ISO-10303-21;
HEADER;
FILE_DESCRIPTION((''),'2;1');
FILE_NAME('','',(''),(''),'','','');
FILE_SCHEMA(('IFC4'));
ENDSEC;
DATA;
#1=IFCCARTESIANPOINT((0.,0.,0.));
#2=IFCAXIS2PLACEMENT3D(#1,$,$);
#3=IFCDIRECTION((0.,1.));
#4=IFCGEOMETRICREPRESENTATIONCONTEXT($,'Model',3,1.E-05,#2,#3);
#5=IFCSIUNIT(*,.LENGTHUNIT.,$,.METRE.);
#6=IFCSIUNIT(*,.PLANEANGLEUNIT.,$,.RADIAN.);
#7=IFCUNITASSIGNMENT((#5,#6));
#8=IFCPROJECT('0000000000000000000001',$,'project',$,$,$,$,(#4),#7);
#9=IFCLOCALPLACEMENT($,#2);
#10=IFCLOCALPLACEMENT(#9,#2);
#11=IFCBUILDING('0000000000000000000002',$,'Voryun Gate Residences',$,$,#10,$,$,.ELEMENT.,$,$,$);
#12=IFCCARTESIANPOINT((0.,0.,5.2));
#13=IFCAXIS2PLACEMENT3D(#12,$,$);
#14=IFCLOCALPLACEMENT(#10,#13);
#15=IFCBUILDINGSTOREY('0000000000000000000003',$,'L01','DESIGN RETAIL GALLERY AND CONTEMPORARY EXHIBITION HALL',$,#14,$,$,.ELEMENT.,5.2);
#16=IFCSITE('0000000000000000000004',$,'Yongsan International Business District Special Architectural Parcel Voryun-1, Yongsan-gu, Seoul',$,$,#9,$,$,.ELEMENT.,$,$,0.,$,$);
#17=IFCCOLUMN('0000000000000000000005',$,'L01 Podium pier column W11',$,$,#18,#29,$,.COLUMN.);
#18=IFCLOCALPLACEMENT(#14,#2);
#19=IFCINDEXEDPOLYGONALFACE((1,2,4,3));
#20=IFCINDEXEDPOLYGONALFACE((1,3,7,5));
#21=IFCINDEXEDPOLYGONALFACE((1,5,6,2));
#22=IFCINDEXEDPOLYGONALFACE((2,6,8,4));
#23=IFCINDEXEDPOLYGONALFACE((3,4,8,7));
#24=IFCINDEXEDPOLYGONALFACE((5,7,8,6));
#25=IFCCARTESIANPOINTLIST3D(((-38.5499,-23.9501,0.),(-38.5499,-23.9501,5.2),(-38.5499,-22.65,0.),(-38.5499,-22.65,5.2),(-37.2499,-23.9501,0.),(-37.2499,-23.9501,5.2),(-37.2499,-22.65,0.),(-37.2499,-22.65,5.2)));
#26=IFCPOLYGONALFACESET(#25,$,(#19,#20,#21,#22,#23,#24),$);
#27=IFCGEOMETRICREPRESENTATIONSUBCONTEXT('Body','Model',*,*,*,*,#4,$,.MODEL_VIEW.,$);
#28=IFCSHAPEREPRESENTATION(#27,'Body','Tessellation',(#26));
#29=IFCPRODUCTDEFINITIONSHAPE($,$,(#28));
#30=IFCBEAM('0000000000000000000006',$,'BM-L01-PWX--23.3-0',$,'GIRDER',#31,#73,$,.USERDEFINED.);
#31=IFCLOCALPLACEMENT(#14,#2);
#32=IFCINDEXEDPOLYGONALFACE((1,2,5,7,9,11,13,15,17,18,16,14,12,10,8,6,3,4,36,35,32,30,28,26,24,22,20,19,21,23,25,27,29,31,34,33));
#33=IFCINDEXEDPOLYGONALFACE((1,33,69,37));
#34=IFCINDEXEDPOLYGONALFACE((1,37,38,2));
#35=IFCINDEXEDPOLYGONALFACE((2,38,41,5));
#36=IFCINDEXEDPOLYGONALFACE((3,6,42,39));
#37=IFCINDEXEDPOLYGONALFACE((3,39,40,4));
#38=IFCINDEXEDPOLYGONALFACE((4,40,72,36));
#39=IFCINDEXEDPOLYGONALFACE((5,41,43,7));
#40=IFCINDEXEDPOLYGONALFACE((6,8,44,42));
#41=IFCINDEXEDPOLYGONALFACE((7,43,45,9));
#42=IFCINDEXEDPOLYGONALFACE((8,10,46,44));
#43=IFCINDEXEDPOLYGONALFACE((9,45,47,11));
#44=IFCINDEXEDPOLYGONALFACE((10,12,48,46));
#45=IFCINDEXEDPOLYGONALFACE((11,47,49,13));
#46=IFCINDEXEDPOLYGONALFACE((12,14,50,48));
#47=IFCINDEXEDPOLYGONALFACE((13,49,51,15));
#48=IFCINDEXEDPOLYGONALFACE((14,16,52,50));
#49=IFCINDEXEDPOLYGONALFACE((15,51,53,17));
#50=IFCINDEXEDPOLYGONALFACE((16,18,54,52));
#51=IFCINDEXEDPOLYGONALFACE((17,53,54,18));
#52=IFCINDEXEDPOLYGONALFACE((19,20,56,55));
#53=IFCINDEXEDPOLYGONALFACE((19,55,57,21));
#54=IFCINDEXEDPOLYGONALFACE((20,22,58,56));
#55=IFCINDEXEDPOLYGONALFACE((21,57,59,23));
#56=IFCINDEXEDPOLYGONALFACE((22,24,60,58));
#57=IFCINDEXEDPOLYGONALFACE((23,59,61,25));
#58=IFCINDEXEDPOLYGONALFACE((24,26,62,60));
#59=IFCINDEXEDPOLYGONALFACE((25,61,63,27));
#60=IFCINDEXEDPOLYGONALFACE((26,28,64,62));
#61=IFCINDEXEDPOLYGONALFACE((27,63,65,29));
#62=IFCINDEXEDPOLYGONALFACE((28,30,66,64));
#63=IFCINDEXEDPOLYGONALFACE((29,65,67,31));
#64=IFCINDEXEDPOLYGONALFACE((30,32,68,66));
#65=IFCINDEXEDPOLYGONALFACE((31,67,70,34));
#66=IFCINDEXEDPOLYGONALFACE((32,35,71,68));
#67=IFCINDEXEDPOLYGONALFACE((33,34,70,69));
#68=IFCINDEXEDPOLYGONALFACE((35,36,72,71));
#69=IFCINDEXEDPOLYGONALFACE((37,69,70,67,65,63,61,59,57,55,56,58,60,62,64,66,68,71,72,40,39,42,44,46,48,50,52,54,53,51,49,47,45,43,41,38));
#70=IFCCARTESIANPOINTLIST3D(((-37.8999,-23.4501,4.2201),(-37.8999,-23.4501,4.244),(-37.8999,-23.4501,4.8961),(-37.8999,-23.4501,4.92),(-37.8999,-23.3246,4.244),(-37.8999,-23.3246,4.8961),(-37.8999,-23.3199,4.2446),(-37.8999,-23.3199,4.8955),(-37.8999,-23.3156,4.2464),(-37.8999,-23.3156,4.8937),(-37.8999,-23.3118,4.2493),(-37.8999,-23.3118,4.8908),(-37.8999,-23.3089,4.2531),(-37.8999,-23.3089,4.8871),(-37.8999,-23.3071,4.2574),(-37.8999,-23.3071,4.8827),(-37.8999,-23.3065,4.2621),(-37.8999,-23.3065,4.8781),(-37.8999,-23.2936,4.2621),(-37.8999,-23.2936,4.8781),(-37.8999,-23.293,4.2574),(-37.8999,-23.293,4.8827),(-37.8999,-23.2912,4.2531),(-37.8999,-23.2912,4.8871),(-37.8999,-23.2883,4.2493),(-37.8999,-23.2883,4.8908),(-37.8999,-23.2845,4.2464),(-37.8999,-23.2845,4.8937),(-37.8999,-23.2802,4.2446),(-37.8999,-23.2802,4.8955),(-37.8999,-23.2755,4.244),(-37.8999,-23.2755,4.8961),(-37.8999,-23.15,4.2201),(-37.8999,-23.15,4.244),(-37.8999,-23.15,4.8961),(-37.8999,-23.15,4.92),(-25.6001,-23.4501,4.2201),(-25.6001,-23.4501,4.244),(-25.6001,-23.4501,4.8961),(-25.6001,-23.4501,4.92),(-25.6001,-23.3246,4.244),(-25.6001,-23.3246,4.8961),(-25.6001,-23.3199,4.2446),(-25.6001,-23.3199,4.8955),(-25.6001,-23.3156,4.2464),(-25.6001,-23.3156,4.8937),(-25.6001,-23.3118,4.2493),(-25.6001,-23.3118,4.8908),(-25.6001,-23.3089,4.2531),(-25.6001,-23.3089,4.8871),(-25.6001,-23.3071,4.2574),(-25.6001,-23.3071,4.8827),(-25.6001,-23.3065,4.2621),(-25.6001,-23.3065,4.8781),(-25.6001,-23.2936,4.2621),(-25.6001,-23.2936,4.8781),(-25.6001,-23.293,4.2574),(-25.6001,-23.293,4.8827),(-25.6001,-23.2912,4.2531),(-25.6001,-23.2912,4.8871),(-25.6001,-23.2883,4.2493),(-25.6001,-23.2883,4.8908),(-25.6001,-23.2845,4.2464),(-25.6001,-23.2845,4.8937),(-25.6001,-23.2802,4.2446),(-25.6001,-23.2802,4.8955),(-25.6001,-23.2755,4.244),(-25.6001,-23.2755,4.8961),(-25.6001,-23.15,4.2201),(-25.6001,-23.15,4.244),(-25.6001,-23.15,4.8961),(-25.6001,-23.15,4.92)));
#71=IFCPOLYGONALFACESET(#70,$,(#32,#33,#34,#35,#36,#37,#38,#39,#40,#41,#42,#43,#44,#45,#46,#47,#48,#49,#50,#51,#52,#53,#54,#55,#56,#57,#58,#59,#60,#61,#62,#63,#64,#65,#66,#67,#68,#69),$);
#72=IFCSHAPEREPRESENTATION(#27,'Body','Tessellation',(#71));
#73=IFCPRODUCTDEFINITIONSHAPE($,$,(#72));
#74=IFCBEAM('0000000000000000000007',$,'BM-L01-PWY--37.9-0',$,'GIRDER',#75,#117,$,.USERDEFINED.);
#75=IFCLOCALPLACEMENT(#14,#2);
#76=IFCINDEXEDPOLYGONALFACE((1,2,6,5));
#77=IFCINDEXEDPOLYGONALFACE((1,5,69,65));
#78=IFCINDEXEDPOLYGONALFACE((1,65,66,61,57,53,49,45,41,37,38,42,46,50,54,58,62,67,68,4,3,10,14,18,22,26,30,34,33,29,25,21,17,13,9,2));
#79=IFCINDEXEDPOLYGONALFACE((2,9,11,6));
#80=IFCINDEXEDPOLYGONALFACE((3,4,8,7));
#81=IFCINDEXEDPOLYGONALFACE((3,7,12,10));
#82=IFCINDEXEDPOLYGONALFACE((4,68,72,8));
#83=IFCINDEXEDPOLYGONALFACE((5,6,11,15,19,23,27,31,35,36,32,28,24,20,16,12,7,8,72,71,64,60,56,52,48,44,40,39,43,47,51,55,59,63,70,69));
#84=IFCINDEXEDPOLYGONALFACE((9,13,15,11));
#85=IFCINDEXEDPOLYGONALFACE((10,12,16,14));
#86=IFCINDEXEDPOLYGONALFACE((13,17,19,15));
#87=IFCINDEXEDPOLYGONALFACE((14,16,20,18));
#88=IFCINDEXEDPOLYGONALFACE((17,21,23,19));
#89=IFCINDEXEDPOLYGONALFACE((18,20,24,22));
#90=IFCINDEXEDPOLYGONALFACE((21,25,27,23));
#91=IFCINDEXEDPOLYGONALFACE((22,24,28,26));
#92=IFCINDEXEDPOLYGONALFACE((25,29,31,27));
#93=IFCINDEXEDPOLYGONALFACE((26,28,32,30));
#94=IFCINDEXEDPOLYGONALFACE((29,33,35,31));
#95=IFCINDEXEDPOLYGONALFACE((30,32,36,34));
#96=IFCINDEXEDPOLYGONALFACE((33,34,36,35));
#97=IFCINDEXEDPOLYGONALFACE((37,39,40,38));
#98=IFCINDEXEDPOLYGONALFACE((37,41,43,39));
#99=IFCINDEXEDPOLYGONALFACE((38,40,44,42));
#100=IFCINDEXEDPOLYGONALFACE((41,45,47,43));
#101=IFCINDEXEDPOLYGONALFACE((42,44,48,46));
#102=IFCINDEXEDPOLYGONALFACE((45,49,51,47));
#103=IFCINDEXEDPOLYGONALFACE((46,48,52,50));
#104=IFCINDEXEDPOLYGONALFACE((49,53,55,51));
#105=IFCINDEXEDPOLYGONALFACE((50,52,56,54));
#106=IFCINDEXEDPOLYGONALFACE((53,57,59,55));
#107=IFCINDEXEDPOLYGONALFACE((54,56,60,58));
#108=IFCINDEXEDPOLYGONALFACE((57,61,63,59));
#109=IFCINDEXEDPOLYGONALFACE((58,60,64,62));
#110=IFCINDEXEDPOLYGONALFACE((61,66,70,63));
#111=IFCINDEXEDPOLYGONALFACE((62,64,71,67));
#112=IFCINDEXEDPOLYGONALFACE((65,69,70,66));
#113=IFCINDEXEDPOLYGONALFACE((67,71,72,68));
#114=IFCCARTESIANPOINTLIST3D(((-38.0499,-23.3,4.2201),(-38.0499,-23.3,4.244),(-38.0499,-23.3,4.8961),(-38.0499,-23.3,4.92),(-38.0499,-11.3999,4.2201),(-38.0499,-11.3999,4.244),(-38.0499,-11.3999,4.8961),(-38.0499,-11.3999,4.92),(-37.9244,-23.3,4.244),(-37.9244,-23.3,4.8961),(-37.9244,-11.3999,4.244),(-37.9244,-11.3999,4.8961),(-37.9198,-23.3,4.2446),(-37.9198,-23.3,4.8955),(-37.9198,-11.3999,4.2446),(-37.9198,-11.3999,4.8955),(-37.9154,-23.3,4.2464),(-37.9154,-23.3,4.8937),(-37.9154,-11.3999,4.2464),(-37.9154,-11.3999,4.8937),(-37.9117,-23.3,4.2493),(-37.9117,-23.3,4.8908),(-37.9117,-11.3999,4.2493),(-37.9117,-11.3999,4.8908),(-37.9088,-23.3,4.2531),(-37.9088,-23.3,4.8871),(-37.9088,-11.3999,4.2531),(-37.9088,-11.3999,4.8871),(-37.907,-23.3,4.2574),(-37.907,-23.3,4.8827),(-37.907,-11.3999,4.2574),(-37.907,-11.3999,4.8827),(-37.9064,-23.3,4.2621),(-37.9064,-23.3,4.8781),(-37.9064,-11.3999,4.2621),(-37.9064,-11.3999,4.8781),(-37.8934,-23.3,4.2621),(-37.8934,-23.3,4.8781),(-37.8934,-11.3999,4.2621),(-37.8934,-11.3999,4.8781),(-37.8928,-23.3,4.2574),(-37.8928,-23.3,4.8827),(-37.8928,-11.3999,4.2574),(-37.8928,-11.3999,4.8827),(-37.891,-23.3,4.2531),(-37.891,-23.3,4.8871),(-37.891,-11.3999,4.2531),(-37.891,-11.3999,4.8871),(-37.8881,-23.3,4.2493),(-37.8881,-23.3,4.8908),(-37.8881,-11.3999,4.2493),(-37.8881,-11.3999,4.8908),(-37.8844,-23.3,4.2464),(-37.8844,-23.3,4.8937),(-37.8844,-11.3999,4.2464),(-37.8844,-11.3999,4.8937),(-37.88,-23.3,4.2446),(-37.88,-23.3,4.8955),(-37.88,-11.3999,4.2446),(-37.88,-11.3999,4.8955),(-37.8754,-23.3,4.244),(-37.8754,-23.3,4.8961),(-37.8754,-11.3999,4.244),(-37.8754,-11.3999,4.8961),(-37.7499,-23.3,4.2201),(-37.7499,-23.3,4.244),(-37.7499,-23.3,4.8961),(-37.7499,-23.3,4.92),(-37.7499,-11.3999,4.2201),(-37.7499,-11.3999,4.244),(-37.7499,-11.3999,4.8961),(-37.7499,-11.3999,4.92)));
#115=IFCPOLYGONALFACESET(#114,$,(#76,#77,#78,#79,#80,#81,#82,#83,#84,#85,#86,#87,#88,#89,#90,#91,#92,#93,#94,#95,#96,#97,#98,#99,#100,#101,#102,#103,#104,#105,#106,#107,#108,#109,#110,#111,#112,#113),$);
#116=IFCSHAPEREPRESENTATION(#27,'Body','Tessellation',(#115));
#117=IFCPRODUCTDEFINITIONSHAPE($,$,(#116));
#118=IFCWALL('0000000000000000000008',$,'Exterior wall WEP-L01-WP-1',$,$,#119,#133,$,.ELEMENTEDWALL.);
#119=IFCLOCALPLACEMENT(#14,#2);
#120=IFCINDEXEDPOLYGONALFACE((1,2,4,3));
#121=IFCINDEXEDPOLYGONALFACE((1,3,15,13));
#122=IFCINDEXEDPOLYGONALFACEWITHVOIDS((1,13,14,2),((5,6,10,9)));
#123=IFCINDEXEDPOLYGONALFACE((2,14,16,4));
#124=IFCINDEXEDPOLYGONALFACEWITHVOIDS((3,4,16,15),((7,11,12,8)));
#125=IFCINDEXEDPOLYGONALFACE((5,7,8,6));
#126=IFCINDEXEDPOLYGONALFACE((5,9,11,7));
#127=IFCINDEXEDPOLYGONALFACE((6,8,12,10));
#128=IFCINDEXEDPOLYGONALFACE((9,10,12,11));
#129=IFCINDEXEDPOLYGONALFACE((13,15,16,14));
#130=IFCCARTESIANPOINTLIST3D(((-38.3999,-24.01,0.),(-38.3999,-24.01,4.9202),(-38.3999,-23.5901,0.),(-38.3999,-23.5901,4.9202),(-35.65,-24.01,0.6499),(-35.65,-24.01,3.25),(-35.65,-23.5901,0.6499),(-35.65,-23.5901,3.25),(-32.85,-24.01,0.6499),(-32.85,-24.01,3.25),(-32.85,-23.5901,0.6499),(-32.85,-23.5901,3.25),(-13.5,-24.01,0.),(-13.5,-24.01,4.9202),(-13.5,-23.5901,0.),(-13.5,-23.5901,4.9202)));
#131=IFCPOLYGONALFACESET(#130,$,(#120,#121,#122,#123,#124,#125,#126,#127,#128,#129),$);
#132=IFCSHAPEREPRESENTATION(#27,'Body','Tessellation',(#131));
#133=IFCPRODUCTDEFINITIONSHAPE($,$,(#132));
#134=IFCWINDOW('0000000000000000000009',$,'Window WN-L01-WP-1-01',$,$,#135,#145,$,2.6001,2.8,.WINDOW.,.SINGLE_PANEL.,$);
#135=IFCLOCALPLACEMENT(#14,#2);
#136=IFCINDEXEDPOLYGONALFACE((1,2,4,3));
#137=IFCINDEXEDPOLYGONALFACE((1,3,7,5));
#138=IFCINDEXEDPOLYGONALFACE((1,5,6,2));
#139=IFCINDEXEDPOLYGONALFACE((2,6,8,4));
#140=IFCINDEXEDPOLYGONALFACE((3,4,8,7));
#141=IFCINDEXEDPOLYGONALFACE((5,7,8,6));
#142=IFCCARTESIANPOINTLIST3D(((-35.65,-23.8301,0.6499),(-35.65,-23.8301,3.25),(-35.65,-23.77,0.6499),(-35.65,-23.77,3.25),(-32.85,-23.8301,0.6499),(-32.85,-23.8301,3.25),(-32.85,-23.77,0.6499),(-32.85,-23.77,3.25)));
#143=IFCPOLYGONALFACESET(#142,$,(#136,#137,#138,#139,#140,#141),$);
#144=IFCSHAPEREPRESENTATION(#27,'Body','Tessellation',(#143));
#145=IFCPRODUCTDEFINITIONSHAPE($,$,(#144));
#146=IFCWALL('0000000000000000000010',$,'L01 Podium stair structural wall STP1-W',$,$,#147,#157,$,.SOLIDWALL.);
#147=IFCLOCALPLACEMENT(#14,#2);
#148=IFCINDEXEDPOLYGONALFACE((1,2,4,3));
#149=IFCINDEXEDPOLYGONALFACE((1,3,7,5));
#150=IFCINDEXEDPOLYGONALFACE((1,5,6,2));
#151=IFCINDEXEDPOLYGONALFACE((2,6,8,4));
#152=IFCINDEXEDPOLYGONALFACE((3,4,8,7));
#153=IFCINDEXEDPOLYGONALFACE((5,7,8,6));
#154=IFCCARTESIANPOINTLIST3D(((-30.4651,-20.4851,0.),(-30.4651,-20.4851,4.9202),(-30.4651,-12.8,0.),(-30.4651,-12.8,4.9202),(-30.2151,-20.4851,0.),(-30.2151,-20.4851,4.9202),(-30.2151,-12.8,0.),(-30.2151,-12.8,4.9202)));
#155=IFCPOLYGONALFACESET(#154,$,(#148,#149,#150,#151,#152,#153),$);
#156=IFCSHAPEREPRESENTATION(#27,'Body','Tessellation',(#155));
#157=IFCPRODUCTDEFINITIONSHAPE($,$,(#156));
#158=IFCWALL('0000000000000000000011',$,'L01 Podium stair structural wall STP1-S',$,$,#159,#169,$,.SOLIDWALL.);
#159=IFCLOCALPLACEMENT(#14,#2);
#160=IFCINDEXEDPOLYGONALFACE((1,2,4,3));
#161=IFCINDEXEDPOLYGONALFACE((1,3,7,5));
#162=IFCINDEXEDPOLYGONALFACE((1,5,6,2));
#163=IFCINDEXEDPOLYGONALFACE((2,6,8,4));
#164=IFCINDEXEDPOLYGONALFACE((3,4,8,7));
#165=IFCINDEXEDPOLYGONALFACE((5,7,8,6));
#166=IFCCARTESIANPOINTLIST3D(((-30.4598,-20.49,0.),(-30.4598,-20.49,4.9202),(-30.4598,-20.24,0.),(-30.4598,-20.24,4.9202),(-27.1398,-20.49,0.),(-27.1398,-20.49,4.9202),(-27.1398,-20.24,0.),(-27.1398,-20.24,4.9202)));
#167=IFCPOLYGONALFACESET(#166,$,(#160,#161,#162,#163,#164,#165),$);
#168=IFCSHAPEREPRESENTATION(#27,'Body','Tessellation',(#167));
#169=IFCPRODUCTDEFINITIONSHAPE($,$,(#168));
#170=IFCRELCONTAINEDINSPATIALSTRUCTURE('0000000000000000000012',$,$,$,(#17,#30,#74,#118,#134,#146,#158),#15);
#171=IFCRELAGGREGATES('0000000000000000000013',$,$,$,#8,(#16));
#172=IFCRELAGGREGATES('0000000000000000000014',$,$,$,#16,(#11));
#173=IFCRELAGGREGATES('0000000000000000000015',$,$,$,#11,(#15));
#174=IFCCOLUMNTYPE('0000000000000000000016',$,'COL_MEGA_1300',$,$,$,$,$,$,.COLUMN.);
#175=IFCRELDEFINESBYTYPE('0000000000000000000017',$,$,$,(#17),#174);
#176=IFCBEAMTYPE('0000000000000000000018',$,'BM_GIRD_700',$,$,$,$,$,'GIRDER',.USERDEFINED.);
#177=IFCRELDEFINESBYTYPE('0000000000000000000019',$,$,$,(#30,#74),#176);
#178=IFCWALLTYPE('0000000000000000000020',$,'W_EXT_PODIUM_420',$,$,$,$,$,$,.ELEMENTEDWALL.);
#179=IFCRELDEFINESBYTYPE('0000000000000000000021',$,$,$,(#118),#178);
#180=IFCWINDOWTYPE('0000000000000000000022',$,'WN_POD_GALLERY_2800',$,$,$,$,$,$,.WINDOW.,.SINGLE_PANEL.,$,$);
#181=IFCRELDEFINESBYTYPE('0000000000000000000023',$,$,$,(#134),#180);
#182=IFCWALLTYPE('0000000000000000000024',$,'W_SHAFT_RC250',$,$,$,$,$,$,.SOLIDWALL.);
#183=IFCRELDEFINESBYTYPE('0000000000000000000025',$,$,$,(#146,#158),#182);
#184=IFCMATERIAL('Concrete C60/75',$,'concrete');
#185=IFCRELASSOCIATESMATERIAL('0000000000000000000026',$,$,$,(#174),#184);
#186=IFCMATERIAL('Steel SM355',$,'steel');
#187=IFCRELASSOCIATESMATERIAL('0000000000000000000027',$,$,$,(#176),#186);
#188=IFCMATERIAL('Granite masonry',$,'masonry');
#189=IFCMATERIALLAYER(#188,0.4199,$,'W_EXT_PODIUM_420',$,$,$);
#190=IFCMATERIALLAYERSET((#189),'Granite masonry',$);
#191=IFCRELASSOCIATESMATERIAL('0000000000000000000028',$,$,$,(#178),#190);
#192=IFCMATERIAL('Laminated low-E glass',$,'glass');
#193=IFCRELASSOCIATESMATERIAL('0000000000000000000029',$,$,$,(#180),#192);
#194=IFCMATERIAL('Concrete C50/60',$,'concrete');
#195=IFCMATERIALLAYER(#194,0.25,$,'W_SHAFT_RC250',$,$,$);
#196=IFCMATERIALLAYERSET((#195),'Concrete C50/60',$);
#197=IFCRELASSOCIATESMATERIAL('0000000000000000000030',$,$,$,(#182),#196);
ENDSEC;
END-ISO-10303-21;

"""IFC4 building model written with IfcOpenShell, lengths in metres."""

from ifc_helpers import new_model, si_unit, direction, frame, frame_2d, origin, origin_2d, place, context, subcontext, project, spatial, rectangle, i_section, extrude, material, layer, layer_set, material_profile, profile_set, type_object, element, fill, save


model = new_model("IFC4")

# Units and contexts
model_context = context("Model", 3, precision=1e-05, world=origin(), true_north=direction((0.0, 1.0)))
body_context = subcontext(model_context, "Body", "Model", "MODEL_VIEW")
ifc_project = project(units=[si_unit("LENGTHUNIT", "METRE"), si_unit("PLANEANGLEUNIT", "RADIAN")], contexts=[model_context])

# Site, building, storey
site_placement = place(None, origin())
site = spatial("IfcSite", under=ifc_project, at=site_placement, Name="Yongsan International Business District Special Architectural Parcel Voryun-1, Yongsan-gu, Seoul", CompositionType="ELEMENT", RefElevation=0.0)
building_placement = place(site_placement, origin())
building = spatial("IfcBuilding", under=site, at=building_placement, Name="Voryun Gate Residences", CompositionType="ELEMENT")
storey_placement = place(building_placement, frame((0.0, 0.0, 5.2)))
storey = spatial("IfcBuildingStorey", under=building, at=storey_placement, Name="L01", Description="DESIGN RETAIL GALLERY AND CONTEMPORARY EXHIBITION HALL", CompositionType="ELEMENT", Elevation=5.2)

# Column
ifc_material_1 = material(Name="Concrete C60/75", Category="concrete")
ifc_material_profile_1 = material_profile(ifc_material_1, rectangle(XDim=1.3, YDim=1.3, at=origin_2d()), Name="RC-1300x1300")
ifc_profile_set_1 = profile_set([ifc_material_profile_1], Name="Concrete C60/75")
column_type = type_object("IfcColumnType", Name="COL_MEGA_1300", PredefinedType="COLUMN", material=ifc_profile_set_1)
column_placement = place(storey_placement, frame((-37.8999, -23.3, 0.0), z_axis=(0.0, 0.0, 1.0), x_axis=(1.0, 0.0, 0.0)))
element("IfcColumn", 1, at=column_placement, inside=storey, type_object=column_type, Name="L01 Podium pier column W11", PredefinedType="COLUMN", context=body_context, shape_type="SweptSolid", body=[
    extrude(rectangle(XDim=1.3, YDim=1.3, at=origin_2d()), origin(), (0.0, 0.0, 1.0), 5.2),
])

# Beams
ifc_material_2 = material(Name="Steel SM355", Category="steel")
ifc_material_profile_2 = material_profile(ifc_material_2, i_section(OverallWidth=0.3, OverallDepth=0.7, WebThickness=0.0129, FlangeThickness=0.0239, FilletRadius=0.0181, at=origin_2d()), Name="H-700x300x13x24")
ifc_profile_set_2 = profile_set([ifc_material_profile_2], Name="Steel SM355")
beam_type = type_object("IfcBeamType", Name="BM_GIRD_700", ElementType="GIRDER", PredefinedType="USERDEFINED", material=ifc_profile_set_2)
beam_1_placement = place(storey_placement, frame((-37.8999, -23.3, 4.5701), z_axis=(1.0, 0.0, 0.0), x_axis=(0.0, 1.0, 0.0)))
element("IfcBeam", 2, at=beam_1_placement, inside=storey, type_object=beam_type, Name="BM-L01-PWX--23.3-0", ObjectType="GIRDER", PredefinedType="USERDEFINED", context=body_context, shape_type="SweptSolid", body=[
    extrude(i_section(OverallWidth=0.3, OverallDepth=0.7, WebThickness=0.0129, FlangeThickness=0.0239, FilletRadius=0.0181, at=origin_2d()), origin(), (0.0, 0.0, 1.0), 12.2998),
])
beam_2_placement = place(storey_placement, frame((-37.8999, -23.3, 4.5701), z_axis=(0.0, 1.0, 0.0), x_axis=(-1.0, 0.0, 0.0)))
element("IfcBeam", 3, at=beam_2_placement, inside=storey, type_object=beam_type, Name="BM-L01-PWY--37.9-0", ObjectType="GIRDER", PredefinedType="USERDEFINED", context=body_context, shape_type="SweptSolid", body=[
    extrude(i_section(OverallWidth=0.3, OverallDepth=0.7, WebThickness=0.0129, FlangeThickness=0.0239, FilletRadius=0.0181, at=origin_2d()), origin(), (0.0, 0.0, 1.0), 11.9001),
])

# Wall, opening, window
ifc_material_3 = material(Name="Granite masonry", Category="masonry")
ifc_layer_1 = layer(ifc_material_3, 0.4199, Name="W_EXT_PODIUM_420")
ifc_layer_set_1 = layer_set([ifc_layer_1], Name="Granite masonry")
wall_type_1 = type_object("IfcWallType", Name="W_EXT_PODIUM_420", PredefinedType="ELEMENTEDWALL", material=ifc_layer_set_1)
wall_1_placement = place(storey_placement, frame((-38.3999, -23.8, 0.0), z_axis=(0.0, 0.0, 1.0), x_axis=(1.0, 0.0, 0.0)))
wall_1 = element("IfcWall", 4, at=wall_1_placement, inside=storey, type_object=wall_type_1, Name="Exterior wall WEP-L01-WP-1", PredefinedType="ELEMENTEDWALL", context=body_context, shape_type="SweptSolid", body=[
    extrude(rectangle(XDim=24.8999, YDim=0.4199, at=frame_2d((12.45, 0.0))), origin(), (0.0, 0.0, 1.0), 4.9202),
])
opening_placement = place(wall_1_placement, frame((2.75, 0.0, 0.6499)))
opening = element("IfcOpeningElement", 5, at=opening_placement, cuts=wall_1, PredefinedType="OPENING", context=body_context, shape_type="SweptSolid", body=[
    extrude(rectangle(XDim=2.8, YDim=2.6001, at=frame_2d((1.3999, 1.3))), frame((0.0, 0.22, 0.0), z_axis=(0.0, -1.0, 0.0), x_axis=(1.0, 0.0, 0.0)), (0.0, 0.0, 1.0), 0.4399),
])
ifc_material_4 = material(Name="Laminated low-E glass", Category="glass")
window_type = type_object("IfcWindowType", Name="WN_POD_GALLERY_2800", PartitioningType="SINGLE_PANEL", PredefinedType="WINDOW", material=ifc_material_4)
window_placement = place(opening_placement, origin())
window = element("IfcWindow", 6, at=window_placement, inside=storey, type_object=window_type, Name="Window WN-L01-WP-1-01", OverallHeight=2.6001, OverallWidth=2.8, PartitioningType="SINGLE_PANEL", PredefinedType="WINDOW", context=body_context, shape_type="SweptSolid", body=[
    extrude(rectangle(XDim=2.8, YDim=2.6001, at=frame_2d((1.3999, 1.3))), frame((0.0, 0.03, 0.0), z_axis=(0.0, -1.0, 0.0), x_axis=(1.0, 0.0, 0.0)), (0.0, 0.0, 1.0), 0.0601),
])
fill(opening, window)

# Walls
ifc_material_5 = material(Name="Concrete C50/60", Category="concrete")
ifc_layer_2 = layer(ifc_material_5, 0.25, Name="W_SHAFT_RC250")
ifc_layer_set_2 = layer_set([ifc_layer_2], Name="Concrete C50/60")
wall_type_2 = type_object("IfcWallType", Name="W_SHAFT_RC250", PredefinedType="SOLIDWALL", material=ifc_layer_set_2)
wall_2_placement = place(storey_placement, frame((-30.3401, -20.4851, 0.0), z_axis=(0.0, 0.0, 1.0), x_axis=(0.0, 1.0, 0.0)))
element("IfcWall", 7, at=wall_2_placement, inside=storey, type_object=wall_type_2, Name="L01 Podium stair structural wall STP1-W", PredefinedType="SOLIDWALL", context=body_context, shape_type="SweptSolid", body=[
    extrude(rectangle(XDim=7.6851, YDim=0.25, at=frame_2d((3.8425, 0.0))), origin(), (0.0, 0.0, 1.0), 4.9202),
])
wall_3_placement = place(storey_placement, frame((-30.46, -20.365, 0.0), z_axis=(0.0, 0.0, 1.0), x_axis=(1.0, 0.0, 0.0)))
element("IfcWall", 8, at=wall_3_placement, inside=storey, type_object=wall_type_2, Name="L01 Podium stair structural wall STP1-S", PredefinedType="SOLIDWALL", context=body_context, shape_type="SweptSolid", body=[
    extrude(rectangle(XDim=3.3201, YDim=0.25, at=frame_2d((1.6602, 0.0))), origin(), (0.0, 0.0, 1.0), 4.9202),
])

save(model, "model.ifc")
